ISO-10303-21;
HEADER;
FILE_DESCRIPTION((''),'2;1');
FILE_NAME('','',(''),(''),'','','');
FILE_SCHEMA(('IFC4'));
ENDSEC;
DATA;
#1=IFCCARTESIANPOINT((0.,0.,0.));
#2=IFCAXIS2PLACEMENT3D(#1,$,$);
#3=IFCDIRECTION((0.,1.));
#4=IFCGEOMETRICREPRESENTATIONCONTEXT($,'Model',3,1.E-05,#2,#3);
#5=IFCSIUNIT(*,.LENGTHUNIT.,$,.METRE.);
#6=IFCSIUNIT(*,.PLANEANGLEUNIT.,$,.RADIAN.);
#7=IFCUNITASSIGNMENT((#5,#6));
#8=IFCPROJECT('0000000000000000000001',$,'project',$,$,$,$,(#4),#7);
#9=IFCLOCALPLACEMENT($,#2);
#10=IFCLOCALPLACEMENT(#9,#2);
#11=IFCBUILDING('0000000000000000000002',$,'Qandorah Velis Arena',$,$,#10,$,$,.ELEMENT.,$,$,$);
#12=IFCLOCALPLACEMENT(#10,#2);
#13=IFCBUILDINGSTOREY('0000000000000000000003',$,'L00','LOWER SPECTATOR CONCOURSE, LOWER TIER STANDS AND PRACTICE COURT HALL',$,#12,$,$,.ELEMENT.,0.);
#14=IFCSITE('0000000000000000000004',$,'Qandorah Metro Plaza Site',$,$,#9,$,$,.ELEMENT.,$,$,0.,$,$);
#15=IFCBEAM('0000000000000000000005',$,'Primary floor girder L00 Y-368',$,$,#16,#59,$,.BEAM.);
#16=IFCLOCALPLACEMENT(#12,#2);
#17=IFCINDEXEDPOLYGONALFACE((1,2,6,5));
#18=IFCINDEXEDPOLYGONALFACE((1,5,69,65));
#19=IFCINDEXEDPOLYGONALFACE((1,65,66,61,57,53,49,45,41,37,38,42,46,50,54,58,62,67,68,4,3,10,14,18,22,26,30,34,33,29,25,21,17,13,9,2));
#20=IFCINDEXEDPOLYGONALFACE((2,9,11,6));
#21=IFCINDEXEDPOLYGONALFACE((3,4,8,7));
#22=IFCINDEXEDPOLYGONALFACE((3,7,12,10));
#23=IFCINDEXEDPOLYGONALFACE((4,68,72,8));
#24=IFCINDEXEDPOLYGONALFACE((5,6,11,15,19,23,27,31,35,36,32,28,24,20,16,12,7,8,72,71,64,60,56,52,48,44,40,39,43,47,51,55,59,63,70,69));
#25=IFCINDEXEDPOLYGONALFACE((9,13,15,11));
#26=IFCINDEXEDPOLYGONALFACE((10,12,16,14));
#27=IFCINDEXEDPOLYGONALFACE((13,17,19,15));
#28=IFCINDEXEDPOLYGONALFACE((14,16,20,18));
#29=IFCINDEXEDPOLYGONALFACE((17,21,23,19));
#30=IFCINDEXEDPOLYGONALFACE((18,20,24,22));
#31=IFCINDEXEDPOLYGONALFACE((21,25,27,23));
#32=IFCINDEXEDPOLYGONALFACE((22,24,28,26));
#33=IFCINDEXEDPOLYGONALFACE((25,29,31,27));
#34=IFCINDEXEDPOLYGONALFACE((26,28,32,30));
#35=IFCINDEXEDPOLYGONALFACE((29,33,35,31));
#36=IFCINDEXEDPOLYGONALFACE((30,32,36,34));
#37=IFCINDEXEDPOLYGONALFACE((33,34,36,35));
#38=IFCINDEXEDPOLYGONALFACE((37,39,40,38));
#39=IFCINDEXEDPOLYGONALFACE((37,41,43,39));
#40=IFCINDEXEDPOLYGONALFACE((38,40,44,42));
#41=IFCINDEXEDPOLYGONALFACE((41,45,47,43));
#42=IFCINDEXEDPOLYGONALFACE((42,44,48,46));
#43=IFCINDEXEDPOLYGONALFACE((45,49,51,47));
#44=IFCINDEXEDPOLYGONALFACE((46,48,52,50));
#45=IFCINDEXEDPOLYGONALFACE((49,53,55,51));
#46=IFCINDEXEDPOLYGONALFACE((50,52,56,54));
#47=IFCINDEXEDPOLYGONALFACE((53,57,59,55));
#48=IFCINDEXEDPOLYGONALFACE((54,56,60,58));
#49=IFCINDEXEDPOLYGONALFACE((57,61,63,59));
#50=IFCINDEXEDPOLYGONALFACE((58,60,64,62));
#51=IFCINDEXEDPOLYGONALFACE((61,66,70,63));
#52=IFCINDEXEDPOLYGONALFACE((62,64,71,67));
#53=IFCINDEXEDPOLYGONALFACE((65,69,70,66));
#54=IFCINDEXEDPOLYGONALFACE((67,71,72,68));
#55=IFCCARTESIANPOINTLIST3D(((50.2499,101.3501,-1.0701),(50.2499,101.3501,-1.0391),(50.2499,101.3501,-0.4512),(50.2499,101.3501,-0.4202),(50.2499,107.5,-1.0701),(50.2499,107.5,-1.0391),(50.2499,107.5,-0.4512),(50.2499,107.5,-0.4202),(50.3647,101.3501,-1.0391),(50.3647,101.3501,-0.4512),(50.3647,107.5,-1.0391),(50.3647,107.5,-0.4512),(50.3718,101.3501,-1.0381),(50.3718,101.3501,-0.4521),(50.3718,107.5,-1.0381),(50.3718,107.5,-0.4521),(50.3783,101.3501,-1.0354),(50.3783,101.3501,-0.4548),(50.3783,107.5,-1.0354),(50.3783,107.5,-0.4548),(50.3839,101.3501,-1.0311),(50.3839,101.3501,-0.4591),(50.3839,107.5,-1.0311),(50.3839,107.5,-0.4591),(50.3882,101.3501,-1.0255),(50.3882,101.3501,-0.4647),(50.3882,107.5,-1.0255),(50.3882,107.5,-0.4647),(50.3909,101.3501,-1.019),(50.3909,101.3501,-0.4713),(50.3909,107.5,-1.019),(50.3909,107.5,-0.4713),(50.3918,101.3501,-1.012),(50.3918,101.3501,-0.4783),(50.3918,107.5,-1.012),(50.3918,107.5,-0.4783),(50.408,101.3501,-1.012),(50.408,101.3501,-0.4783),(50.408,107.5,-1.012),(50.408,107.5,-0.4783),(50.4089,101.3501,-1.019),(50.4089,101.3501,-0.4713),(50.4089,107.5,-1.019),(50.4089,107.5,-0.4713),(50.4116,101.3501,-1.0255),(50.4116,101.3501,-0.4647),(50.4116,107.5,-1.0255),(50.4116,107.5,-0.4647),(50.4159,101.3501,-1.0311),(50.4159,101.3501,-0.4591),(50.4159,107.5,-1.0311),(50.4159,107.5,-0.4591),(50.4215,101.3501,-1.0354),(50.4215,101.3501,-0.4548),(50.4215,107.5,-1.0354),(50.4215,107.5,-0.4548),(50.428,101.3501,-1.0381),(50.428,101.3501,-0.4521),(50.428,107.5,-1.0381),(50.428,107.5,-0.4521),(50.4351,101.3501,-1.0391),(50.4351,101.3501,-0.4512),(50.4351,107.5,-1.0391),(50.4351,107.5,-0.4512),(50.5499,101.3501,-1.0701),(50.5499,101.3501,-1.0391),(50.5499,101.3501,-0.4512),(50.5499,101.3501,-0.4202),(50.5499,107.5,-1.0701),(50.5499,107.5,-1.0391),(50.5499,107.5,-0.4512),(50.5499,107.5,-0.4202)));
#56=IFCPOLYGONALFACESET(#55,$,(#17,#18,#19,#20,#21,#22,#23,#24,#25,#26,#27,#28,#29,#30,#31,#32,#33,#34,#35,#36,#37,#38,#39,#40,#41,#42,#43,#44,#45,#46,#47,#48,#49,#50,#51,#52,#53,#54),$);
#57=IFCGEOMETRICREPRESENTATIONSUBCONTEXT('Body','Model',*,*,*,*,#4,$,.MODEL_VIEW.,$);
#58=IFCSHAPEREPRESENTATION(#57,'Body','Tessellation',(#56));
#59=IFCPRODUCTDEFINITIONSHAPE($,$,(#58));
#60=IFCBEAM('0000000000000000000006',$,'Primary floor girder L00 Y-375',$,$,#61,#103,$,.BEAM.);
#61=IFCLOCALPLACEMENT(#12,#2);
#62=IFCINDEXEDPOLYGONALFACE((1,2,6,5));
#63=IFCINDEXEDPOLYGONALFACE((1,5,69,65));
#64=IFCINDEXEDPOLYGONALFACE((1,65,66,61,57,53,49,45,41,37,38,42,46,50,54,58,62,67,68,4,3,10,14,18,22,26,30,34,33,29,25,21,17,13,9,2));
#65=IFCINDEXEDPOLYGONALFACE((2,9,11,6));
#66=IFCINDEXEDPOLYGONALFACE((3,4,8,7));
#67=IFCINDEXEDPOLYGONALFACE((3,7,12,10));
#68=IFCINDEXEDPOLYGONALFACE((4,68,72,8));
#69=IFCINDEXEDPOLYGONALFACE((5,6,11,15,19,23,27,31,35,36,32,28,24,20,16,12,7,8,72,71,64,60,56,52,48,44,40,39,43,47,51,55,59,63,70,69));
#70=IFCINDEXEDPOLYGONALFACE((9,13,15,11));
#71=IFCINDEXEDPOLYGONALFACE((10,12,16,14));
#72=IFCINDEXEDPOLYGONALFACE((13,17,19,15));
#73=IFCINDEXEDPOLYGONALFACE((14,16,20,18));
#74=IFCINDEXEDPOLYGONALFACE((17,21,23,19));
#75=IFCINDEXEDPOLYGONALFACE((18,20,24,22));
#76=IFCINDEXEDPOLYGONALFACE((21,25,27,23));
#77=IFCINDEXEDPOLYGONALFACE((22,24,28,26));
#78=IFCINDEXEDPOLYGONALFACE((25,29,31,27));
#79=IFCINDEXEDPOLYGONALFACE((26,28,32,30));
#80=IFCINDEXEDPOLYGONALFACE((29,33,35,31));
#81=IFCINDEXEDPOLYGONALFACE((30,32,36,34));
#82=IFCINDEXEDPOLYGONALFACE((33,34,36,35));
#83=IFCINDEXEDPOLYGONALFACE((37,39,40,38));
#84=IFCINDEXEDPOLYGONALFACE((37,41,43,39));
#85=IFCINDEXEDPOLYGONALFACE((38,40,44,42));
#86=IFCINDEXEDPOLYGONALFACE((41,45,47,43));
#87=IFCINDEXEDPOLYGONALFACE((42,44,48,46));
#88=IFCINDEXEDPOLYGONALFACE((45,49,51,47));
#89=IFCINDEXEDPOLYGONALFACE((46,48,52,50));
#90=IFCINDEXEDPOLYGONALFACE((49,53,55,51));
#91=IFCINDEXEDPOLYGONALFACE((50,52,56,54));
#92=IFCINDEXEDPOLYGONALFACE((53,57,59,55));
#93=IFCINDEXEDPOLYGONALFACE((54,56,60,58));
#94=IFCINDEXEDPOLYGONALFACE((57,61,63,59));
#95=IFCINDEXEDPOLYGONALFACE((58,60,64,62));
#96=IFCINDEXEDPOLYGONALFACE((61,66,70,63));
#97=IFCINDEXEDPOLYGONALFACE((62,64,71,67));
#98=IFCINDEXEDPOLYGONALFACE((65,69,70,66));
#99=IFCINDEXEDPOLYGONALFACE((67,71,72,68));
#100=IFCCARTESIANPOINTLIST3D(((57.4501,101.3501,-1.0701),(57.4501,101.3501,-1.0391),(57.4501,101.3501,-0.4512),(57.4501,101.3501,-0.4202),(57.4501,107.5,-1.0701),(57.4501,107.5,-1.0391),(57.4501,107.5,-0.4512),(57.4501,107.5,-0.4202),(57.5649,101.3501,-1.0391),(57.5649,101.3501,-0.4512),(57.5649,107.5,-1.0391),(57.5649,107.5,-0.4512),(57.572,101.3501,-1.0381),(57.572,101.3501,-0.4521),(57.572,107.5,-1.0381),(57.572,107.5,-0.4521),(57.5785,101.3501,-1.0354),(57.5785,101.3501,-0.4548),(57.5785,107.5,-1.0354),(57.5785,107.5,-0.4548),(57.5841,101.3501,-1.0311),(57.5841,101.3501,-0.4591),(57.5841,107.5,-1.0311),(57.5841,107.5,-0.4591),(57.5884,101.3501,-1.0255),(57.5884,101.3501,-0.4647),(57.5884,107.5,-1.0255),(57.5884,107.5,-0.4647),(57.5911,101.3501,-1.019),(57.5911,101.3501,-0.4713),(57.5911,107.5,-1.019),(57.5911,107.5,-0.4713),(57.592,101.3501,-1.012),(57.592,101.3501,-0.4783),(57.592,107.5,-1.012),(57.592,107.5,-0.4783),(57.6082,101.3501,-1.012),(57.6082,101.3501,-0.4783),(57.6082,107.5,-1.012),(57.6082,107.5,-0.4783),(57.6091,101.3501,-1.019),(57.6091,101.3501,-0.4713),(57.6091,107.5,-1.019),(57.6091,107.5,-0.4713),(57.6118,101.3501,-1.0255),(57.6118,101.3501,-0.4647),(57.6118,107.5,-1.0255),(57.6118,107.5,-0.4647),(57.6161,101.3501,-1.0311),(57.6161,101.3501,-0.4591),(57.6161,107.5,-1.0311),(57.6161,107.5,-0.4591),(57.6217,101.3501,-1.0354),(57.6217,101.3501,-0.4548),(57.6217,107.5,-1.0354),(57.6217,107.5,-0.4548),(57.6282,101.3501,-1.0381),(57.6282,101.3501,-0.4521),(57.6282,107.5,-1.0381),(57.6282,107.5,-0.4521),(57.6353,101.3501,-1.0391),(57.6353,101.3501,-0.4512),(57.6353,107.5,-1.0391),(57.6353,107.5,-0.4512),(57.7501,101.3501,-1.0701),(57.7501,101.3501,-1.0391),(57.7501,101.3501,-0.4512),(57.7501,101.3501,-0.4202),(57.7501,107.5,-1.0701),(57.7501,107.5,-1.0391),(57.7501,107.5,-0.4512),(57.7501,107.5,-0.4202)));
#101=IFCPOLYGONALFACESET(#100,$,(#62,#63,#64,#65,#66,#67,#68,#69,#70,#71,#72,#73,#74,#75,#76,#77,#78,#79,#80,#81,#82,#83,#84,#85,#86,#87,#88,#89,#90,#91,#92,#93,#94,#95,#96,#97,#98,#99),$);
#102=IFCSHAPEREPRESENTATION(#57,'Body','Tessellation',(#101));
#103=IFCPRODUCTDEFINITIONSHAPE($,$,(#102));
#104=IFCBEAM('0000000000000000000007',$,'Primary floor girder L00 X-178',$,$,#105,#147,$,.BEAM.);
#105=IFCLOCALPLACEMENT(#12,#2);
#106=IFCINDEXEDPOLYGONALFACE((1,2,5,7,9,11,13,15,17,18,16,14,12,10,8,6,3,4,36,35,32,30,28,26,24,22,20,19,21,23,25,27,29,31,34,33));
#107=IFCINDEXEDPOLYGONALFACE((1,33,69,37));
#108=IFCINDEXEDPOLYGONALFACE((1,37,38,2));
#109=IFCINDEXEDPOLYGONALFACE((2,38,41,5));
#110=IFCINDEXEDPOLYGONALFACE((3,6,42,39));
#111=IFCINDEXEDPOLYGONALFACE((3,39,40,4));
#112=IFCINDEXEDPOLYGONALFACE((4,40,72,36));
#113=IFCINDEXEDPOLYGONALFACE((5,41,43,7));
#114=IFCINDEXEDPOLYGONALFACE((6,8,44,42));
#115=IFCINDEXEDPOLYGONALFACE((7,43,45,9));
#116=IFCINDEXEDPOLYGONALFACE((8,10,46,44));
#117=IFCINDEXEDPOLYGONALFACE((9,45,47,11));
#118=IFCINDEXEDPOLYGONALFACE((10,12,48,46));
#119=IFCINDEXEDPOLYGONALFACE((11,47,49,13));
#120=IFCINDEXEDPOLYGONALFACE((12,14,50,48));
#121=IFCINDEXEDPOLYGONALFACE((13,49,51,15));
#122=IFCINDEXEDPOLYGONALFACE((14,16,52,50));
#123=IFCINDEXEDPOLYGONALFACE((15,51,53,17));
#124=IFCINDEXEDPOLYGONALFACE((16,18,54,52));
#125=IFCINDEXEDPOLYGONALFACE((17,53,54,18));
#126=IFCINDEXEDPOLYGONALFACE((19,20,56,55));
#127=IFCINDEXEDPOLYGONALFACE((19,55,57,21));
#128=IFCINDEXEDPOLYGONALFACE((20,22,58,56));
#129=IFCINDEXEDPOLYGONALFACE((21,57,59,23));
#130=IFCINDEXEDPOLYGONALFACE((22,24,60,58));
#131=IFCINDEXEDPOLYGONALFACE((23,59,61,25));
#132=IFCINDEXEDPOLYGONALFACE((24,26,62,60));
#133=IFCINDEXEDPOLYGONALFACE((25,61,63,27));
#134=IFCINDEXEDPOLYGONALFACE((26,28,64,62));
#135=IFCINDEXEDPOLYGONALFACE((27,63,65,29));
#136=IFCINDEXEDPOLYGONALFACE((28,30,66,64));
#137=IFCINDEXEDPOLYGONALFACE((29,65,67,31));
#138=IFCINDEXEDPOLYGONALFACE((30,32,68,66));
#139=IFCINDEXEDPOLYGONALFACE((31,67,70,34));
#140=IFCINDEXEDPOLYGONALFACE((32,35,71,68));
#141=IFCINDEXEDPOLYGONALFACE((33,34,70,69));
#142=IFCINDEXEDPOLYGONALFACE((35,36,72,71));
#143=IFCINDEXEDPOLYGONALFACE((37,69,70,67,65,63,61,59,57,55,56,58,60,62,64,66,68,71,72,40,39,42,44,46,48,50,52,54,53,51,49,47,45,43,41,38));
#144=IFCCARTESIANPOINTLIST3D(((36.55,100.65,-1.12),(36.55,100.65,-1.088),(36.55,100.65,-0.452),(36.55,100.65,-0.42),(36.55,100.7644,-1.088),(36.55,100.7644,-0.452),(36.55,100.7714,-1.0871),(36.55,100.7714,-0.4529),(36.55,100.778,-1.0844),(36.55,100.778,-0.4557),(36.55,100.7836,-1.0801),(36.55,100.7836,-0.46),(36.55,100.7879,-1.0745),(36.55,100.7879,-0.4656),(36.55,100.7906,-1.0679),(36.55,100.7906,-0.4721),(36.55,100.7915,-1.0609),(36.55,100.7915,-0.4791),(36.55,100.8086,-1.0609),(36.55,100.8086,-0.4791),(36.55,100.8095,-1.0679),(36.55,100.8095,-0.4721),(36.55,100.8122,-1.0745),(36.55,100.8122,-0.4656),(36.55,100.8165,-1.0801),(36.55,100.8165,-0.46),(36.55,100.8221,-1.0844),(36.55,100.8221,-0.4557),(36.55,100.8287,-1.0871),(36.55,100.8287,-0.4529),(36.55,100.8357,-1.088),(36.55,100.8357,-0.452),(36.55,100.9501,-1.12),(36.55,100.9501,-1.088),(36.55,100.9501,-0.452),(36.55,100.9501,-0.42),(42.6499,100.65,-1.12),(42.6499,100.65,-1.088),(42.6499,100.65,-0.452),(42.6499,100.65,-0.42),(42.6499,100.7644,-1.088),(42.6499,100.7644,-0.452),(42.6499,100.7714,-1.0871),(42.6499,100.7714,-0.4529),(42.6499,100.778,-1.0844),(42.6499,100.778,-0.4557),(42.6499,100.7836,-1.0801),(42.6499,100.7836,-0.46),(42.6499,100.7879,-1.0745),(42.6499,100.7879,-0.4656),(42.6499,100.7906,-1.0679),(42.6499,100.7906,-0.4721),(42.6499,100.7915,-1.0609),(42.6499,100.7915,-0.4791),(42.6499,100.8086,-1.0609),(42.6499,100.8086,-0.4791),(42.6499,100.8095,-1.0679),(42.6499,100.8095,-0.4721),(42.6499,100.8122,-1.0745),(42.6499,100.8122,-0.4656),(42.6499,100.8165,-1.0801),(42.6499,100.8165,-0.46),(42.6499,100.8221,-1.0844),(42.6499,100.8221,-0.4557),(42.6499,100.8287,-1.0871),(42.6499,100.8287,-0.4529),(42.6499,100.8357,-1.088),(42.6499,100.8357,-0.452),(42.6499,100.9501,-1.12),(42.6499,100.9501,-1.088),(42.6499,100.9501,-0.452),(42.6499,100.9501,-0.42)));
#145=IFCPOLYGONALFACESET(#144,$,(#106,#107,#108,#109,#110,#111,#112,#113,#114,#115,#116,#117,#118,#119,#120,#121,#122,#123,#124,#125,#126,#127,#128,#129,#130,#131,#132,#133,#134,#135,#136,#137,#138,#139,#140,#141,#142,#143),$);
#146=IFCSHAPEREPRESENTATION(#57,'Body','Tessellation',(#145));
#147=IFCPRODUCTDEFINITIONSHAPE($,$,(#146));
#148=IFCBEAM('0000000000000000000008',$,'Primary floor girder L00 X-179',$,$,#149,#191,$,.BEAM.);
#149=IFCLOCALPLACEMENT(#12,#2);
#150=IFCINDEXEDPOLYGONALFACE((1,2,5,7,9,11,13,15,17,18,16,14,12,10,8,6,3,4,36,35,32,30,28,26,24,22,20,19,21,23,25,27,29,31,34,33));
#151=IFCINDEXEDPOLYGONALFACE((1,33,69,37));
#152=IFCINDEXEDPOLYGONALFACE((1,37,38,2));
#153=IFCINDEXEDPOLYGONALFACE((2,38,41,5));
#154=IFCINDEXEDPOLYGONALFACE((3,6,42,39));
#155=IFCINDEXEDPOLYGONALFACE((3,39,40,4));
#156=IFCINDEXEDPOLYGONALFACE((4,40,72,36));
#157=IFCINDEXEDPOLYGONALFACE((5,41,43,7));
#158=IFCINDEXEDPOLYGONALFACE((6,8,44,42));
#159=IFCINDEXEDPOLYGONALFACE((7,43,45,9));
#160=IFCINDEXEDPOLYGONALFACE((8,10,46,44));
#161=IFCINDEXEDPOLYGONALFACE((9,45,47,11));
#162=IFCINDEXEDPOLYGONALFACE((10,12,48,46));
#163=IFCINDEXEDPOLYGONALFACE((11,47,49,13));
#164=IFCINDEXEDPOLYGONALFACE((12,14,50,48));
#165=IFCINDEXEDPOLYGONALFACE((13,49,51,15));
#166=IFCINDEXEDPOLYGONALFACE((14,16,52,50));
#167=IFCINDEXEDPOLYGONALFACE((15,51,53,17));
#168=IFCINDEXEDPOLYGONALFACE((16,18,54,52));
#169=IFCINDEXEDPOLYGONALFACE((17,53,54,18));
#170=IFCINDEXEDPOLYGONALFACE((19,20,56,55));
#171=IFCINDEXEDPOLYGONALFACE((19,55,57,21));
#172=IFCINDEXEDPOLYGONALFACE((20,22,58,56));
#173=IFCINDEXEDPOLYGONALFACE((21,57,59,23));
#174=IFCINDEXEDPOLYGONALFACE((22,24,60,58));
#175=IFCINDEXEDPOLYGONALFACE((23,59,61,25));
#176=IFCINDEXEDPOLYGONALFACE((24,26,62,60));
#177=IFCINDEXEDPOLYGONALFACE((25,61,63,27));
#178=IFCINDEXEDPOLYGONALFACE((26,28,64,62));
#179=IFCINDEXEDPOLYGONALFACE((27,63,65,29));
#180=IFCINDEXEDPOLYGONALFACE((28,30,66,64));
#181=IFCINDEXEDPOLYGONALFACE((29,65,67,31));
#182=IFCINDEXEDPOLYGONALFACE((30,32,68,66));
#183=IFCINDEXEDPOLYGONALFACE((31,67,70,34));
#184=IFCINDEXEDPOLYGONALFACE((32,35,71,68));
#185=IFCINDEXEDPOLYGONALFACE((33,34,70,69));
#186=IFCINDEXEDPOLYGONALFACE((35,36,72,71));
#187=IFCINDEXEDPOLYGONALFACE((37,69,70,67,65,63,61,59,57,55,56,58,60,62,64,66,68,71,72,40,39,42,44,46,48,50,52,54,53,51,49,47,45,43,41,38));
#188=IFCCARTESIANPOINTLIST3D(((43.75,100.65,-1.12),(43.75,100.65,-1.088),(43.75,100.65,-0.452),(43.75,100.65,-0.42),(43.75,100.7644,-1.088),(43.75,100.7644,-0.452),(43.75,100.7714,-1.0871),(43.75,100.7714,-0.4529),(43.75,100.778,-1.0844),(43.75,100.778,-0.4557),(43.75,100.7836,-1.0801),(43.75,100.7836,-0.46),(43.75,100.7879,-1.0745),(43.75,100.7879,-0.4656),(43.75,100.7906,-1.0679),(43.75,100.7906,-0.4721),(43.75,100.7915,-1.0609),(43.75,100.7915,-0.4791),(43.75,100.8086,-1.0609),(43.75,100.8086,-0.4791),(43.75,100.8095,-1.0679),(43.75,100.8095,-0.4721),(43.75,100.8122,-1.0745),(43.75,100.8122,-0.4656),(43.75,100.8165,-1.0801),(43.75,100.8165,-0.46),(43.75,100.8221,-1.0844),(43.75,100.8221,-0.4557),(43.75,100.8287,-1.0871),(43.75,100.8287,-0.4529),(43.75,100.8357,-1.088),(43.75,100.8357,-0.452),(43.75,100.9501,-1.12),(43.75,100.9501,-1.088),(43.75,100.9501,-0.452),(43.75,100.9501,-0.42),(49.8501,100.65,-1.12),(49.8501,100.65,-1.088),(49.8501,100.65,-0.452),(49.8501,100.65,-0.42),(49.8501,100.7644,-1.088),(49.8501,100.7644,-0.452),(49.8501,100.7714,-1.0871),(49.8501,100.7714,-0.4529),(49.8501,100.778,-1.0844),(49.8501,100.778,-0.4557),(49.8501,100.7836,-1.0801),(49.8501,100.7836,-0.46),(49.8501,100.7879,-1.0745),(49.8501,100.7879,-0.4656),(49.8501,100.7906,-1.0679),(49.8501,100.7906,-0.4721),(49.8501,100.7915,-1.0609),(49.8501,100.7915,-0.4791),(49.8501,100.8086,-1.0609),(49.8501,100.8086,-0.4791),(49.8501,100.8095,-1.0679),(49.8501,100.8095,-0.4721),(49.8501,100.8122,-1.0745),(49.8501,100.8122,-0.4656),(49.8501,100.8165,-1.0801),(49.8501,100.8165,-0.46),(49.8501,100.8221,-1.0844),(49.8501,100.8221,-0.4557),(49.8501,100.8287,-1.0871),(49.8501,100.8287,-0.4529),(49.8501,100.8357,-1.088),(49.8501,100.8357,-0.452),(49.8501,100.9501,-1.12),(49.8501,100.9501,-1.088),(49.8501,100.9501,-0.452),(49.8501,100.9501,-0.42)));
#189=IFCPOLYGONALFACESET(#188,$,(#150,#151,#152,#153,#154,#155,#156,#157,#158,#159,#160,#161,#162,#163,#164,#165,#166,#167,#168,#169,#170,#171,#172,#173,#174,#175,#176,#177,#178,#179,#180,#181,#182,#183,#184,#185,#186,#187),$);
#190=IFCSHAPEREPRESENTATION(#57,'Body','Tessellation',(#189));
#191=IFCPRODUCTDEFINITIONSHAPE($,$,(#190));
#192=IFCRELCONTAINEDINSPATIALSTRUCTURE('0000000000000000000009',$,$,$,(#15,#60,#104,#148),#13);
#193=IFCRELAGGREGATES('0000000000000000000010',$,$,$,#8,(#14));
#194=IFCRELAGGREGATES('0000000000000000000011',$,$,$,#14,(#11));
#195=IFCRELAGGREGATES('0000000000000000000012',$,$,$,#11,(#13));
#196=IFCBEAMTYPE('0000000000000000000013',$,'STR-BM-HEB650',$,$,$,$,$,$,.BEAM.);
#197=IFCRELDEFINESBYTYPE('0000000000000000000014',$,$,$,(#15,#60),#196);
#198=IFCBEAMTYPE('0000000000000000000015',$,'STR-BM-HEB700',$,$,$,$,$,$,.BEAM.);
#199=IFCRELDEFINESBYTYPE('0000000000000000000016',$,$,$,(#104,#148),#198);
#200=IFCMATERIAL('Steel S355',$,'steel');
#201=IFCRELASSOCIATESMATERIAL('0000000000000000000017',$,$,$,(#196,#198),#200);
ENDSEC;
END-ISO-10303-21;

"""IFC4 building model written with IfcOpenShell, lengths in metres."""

from ifc_helpers import new_model, si_unit, direction, frame, origin, origin_2d, place, context, subcontext, project, spatial, i_section, extrude, material, material_profile, profile_set, type_object, element, save


model = new_model("IFC4")

# Units and contexts
model_context = context("Model", 3, precision=1e-05, world=origin(), true_north=direction((0.0, 1.0)))
body_context = subcontext(model_context, "Body", "Model", "MODEL_VIEW")
ifc_project = project(units=[si_unit("LENGTHUNIT", "METRE"), si_unit("PLANEANGLEUNIT", "RADIAN")], contexts=[model_context])

# Site, building, storey
site_placement = place(None, origin())
site = spatial("IfcSite", under=ifc_project, at=site_placement, Name="Qandorah Metro Plaza Site", CompositionType="ELEMENT", RefElevation=0.0)
building_placement = place(site_placement, origin())
building = spatial("IfcBuilding", under=site, at=building_placement, Name="Qandorah Velis Arena", CompositionType="ELEMENT")
storey_placement = place(building_placement, origin())
storey = spatial("IfcBuildingStorey", under=building, at=storey_placement, Name="L00", Description="LOWER SPECTATOR CONCOURSE, LOWER TIER STANDS AND PRACTICE COURT HALL", CompositionType="ELEMENT", Elevation=0.0)

# Beams
ifc_material_1 = material(Name="Steel S355", Category="steel")
ifc_material_profile_1 = material_profile(ifc_material_1, i_section(OverallWidth=0.3, OverallDepth=0.6499, WebThickness=0.0161, FlangeThickness=0.031, FilletRadius=0.0271, at=origin_2d()), Name="HEB 650")
ifc_profile_set_1 = profile_set([ifc_material_profile_1], Name="Steel S355")
beam_type_1 = type_object("IfcBeamType", Name="STR-BM-HEB650", PredefinedType="BEAM", material=ifc_profile_set_1)
for number, where, z_axis, x_axis, name in (
    (1, (50.3999, 101.3501, -0.7451), (0.0, 1.0, 0.0), (-1.0, 0.0, 0.0), "Primary floor girder L00 Y-368"),
    (2, (57.6001, 101.3501, -0.7451), (0.0, 1.0, 0.0), (-1.0, 0.0, 0.0), "Primary floor girder L00 Y-375"),
):
    element("IfcBeam", number, at=place(storey_placement, frame(where, z_axis=z_axis, x_axis=x_axis)), inside=storey, type_object=beam_type_1, Name=name, PredefinedType="BEAM", context=body_context, shape_type="SweptSolid", body=[
        extrude(i_section(OverallWidth=0.3, OverallDepth=0.6499, WebThickness=0.0161, FlangeThickness=0.031, FilletRadius=0.0271, at=origin_2d()), origin(), (0.0, 0.0, 1.0), 6.1499),
    ])
ifc_material_profile_2 = material_profile(ifc_material_1, i_section(OverallWidth=0.3, OverallDepth=0.7, WebThickness=0.0171, FlangeThickness=0.032, FilletRadius=0.0271, at=origin_2d()), Name="HEB 700")
ifc_profile_set_2 = profile_set([ifc_material_profile_2], Name="Steel S355")
beam_type_2 = type_object("IfcBeamType", Name="STR-BM-HEB700", PredefinedType="BEAM", material=ifc_profile_set_2)
beam_1_placement = place(storey_placement, frame((36.55, 100.8, -0.77), z_axis=(1.0, 0.0, 0.0), x_axis=(0.0, 1.0, 0.0)))
element("IfcBeam", 3, at=beam_1_placement, inside=storey, type_object=beam_type_2, Name="Primary floor girder L00 X-178", PredefinedType="BEAM", context=body_context, shape_type="SweptSolid", body=[
    extrude(i_section(OverallWidth=0.3, OverallDepth=0.7, WebThickness=0.0171, FlangeThickness=0.032, FilletRadius=0.0271, at=origin_2d()), origin(), (0.0, 0.0, 1.0), 6.0999),
])
for number, where, z_axis, x_axis, name in (
    (4, (43.75, 100.8, -0.77), (1.0, 0.0, 0.0), (0.0, 1.0, 0.0), "Primary floor girder L00 X-179"),
):
    element("IfcBeam", number, at=place(storey_placement, frame(where, z_axis=z_axis, x_axis=x_axis)), inside=storey, type_object=beam_type_2, Name=name, PredefinedType="BEAM", context=body_context, shape_type="SweptSolid", body=[
        extrude(i_section(OverallWidth=0.3, OverallDepth=0.7, WebThickness=0.0171, FlangeThickness=0.032, FilletRadius=0.0271, at=origin_2d()), origin(), (0.0, 0.0, 1.0), 6.1001),
    ])

save(model, "model.ifc")
